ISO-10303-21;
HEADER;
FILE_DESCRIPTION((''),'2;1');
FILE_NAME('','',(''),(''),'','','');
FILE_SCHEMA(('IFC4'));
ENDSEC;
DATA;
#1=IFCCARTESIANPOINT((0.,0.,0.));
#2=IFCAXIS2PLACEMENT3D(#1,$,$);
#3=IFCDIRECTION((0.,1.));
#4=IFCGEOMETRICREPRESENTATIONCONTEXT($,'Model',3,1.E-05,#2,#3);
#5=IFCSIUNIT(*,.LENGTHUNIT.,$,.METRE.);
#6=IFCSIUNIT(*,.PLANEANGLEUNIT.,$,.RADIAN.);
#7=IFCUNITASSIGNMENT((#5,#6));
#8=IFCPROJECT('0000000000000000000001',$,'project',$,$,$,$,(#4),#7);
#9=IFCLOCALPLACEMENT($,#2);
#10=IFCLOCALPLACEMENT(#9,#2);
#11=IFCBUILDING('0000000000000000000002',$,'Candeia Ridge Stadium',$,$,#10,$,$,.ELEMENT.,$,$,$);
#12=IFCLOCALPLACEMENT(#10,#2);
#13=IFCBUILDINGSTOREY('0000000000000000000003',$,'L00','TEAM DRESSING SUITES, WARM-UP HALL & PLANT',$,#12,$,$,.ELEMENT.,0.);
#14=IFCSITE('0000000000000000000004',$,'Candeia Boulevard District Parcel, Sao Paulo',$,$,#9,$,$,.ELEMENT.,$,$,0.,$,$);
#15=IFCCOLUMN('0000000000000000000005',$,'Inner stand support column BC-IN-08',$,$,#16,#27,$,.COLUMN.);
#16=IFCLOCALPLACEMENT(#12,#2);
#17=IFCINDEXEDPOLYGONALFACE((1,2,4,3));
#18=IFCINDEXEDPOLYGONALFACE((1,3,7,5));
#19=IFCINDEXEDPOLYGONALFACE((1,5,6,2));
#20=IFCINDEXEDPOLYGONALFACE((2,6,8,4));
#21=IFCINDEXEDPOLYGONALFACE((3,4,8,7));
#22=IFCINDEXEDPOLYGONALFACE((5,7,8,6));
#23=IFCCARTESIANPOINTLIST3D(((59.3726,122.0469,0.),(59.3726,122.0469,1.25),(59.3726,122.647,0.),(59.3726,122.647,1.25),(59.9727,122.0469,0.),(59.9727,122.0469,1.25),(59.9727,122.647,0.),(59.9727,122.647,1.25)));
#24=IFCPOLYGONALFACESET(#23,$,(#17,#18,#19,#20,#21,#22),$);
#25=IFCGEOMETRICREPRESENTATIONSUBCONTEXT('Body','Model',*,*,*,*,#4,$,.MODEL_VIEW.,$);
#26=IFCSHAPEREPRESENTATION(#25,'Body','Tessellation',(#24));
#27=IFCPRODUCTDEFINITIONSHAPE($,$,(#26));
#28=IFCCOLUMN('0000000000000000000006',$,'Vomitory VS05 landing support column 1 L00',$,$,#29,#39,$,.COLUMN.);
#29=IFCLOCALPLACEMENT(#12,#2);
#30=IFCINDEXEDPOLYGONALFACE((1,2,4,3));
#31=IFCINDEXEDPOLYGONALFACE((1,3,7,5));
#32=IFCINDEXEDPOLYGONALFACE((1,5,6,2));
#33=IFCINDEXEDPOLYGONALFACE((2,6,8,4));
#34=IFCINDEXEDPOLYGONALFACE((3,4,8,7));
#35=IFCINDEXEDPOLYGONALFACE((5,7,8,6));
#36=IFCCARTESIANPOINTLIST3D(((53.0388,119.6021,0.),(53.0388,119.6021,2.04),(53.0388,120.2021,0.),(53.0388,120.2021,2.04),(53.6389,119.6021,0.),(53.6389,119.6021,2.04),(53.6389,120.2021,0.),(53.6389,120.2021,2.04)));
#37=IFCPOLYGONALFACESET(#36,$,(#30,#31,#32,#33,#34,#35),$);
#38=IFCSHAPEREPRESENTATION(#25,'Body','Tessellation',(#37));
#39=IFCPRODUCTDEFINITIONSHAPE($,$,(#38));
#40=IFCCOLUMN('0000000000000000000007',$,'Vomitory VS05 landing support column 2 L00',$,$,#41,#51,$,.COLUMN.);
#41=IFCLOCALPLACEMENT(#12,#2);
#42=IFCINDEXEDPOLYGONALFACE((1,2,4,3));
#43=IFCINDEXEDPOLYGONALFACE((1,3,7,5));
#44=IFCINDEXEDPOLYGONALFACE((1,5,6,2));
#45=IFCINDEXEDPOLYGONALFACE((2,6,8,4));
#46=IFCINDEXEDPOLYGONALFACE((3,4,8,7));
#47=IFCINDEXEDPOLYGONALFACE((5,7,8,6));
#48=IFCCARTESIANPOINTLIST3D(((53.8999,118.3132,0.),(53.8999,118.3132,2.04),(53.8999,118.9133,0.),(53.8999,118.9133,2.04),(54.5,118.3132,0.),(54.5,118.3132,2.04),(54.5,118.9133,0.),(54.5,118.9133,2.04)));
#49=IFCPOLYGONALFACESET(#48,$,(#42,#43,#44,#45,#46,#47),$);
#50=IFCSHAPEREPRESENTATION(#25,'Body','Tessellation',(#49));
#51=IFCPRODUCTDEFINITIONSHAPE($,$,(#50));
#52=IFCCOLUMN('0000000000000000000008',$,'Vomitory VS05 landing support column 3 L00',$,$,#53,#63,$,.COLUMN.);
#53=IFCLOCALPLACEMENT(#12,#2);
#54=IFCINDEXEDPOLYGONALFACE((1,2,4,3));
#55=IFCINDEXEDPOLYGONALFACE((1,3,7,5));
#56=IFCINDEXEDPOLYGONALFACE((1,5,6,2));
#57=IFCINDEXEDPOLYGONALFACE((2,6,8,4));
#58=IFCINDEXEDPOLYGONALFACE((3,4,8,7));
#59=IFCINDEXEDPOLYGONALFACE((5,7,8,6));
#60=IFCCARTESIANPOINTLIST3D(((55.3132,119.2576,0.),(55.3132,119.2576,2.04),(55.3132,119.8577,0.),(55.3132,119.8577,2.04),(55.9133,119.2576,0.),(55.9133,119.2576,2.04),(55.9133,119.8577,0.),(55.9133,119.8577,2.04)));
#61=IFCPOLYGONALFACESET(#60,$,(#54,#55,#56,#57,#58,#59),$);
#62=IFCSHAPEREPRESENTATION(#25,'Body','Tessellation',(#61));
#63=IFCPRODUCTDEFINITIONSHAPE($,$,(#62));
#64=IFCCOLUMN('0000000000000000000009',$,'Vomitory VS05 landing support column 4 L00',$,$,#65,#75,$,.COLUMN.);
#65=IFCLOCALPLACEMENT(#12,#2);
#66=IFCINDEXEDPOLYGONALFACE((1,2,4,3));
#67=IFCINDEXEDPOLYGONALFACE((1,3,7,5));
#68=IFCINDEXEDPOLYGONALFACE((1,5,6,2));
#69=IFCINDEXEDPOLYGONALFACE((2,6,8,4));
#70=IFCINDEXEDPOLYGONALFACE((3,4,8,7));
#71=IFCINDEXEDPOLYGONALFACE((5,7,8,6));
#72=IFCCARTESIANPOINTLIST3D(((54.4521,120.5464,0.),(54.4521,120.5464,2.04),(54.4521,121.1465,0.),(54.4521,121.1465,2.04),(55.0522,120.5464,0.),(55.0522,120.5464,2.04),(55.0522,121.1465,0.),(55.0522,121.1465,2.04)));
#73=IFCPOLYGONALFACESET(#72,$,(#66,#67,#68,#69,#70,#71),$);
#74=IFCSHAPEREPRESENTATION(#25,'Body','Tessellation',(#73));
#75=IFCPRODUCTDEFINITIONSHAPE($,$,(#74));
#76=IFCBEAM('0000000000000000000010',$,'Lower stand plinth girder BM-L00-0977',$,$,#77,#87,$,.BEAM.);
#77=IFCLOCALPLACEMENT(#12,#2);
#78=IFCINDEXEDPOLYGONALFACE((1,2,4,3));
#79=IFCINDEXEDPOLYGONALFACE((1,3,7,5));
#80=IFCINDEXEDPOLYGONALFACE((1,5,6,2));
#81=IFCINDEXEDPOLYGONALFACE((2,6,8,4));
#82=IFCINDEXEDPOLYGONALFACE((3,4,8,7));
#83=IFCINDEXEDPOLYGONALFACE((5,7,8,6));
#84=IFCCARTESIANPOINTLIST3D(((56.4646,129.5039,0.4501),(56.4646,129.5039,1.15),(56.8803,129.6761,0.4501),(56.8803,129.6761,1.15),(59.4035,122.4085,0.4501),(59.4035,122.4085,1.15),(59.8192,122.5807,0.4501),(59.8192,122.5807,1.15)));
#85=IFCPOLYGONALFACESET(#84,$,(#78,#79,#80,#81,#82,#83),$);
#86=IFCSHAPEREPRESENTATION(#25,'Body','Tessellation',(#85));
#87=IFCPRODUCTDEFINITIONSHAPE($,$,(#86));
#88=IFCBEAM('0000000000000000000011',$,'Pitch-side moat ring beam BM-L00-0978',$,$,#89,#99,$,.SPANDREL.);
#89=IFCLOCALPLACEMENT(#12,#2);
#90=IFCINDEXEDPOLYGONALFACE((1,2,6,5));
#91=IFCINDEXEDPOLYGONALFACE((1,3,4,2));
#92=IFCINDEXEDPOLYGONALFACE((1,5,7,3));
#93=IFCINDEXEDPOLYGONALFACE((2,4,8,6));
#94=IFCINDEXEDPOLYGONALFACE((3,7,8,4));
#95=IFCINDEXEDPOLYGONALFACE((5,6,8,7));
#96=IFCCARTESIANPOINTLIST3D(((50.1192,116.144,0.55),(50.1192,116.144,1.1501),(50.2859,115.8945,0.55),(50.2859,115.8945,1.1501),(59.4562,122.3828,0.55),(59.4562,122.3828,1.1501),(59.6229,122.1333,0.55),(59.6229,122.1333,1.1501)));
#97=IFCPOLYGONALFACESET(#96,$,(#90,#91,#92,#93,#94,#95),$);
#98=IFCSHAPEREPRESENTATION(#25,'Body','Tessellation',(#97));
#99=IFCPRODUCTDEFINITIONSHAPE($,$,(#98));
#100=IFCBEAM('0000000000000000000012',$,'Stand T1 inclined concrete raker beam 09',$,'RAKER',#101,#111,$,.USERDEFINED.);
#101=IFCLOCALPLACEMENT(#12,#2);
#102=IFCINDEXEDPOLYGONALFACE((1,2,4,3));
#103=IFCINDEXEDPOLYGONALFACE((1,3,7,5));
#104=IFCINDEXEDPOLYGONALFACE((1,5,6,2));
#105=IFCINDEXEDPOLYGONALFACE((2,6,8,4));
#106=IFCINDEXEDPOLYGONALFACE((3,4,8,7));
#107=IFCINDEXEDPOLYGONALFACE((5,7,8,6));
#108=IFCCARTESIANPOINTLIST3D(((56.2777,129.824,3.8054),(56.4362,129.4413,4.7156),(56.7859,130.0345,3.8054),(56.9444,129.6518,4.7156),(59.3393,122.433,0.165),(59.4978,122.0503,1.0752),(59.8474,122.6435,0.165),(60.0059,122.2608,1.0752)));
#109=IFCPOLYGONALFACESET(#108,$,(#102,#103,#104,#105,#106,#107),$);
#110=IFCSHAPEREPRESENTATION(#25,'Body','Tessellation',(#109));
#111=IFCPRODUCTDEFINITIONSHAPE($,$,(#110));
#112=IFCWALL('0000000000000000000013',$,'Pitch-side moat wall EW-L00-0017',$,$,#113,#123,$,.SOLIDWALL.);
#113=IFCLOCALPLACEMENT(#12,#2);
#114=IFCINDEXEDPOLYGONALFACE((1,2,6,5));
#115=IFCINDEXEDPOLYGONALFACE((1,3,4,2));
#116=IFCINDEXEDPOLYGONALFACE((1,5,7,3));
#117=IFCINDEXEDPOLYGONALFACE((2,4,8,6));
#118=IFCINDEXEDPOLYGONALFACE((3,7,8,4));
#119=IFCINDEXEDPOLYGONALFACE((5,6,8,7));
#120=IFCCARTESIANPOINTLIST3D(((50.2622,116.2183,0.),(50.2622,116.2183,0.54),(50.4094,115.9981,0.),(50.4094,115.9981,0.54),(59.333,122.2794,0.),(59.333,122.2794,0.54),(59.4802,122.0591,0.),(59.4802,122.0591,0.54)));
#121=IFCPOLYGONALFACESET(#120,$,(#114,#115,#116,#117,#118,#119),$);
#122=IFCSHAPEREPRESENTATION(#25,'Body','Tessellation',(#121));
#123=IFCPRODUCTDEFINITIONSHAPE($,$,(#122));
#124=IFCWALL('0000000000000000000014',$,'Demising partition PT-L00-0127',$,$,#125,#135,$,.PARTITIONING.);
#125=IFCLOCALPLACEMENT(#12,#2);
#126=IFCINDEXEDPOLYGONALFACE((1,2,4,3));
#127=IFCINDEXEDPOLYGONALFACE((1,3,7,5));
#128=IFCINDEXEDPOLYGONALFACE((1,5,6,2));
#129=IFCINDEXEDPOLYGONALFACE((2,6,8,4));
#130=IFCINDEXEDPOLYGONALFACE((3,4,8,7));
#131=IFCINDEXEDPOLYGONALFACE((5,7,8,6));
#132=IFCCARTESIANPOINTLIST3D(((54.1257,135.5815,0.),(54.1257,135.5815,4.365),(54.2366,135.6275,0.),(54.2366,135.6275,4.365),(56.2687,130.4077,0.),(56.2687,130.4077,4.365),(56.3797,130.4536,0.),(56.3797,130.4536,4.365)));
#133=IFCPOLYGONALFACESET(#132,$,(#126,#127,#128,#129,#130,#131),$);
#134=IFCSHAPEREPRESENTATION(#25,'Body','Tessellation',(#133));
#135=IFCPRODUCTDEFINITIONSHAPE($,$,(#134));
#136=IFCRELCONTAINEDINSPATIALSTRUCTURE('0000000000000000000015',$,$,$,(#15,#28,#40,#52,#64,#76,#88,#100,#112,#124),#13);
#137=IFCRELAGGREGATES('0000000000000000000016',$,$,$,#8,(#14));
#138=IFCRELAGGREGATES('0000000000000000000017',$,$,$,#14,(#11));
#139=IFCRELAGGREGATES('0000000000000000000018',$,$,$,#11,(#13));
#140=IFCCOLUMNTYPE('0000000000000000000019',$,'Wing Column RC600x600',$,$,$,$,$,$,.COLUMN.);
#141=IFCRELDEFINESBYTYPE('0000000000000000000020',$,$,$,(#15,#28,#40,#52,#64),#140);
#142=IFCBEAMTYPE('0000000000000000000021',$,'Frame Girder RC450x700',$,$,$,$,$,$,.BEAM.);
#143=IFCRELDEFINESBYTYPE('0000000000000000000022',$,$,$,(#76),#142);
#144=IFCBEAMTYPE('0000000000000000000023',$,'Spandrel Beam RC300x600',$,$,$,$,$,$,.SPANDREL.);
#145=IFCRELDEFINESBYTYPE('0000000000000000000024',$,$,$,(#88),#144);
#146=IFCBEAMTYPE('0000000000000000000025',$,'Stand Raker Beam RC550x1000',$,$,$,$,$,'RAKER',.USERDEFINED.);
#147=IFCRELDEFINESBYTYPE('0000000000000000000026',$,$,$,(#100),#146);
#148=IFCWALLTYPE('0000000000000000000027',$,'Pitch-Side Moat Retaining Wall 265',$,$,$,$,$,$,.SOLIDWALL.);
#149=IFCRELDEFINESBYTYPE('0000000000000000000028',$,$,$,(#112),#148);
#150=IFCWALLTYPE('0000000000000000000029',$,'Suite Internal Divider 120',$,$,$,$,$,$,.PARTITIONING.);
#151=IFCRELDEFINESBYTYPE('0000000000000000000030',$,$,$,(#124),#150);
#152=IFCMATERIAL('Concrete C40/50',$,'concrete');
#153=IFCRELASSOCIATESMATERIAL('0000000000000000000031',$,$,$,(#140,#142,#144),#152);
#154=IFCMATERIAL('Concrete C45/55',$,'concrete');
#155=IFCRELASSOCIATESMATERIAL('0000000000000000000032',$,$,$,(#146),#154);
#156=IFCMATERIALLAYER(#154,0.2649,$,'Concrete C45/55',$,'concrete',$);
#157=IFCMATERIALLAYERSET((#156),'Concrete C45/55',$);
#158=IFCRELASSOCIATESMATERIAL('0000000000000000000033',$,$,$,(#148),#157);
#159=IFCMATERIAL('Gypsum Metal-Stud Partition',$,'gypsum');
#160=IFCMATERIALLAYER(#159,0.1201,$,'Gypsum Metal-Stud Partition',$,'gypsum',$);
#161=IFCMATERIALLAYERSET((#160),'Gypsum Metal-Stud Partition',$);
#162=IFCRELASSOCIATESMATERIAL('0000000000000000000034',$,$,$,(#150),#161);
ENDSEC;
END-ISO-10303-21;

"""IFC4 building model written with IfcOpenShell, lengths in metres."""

from ifc_helpers import new_model, si_unit, direction, frame, frame_2d, origin, origin_2d, place, context, subcontext, project, spatial, rectangle, extrude, material, layer, layer_set, material_profile, profile_set, type_object, element, save


model = new_model("IFC4")

# Units and contexts
model_context = context("Model", 3, precision=1e-05, world=origin(), true_north=direction((0.0, 1.0)))
body_context = subcontext(model_context, "Body", "Model", "MODEL_VIEW")
ifc_project = project(units=[si_unit("LENGTHUNIT", "METRE"), si_unit("PLANEANGLEUNIT", "RADIAN")], contexts=[model_context])

# Site, building, storey
site_placement = place(None, origin())
site = spatial("IfcSite", under=ifc_project, at=site_placement, Name="Candeia Boulevard District Parcel, Sao Paulo", CompositionType="ELEMENT", RefElevation=0.0)
building_placement = place(site_placement, origin())
building = spatial("IfcBuilding", under=site, at=building_placement, Name="Candeia Ridge Stadium", CompositionType="ELEMENT")
storey_placement = place(building_placement, origin())
storey = spatial("IfcBuildingStorey", under=building, at=storey_placement, Name="L00", Description="TEAM DRESSING SUITES, WARM-UP HALL & PLANT", CompositionType="ELEMENT", Elevation=0.0)

# Shared definitions
ifc_material_1 = material(Name="Concrete C40/50", Category="concrete")

# Columns
ifc_material_2 = material(Name="Concrete C45/55", Category="concrete")
ifc_material_profile_1 = material_profile(ifc_material_1, rectangle(XDim=0.6001, YDim=0.6001, at=origin_2d()), Name="RC600x600", Category="concrete")
ifc_profile_set_1 = profile_set([ifc_material_profile_1], Name="Concrete C40/50")
column_type_1 = type_object("IfcColumnType", Name="Wing Column RC600x600", PredefinedType="COLUMN", material=ifc_profile_set_1)
column_1_placement = place(storey_placement, frame((59.6726, 122.3469, 0.0), z_axis=(0.0, 0.0, 1.0), x_axis=(1.0, 0.0, 0.0)))
element("IfcColumn", 1, at=column_1_placement, inside=storey, type_object=column_type_1, Name="Inner stand support column BC-IN-08", PredefinedType="COLUMN", context=body_context, shape_type="SweptSolid", body=[
    extrude(rectangle(XDim=0.6001, YDim=0.6001, at=origin_2d()), origin(), (0.0, 0.0, 1.0), 1.25),
])
for number, where, z_axis, x_axis, name in (
    (2, (53.3389, 119.9021, 0.0), (0.0, 0.0, 1.0), (1.0, 0.0, 0.0), "Vomitory VS05 landing support column 1 L00"),
    (3, (54.2, 118.6133, 0.0), (0.0, 0.0, 1.0), (1.0, 0.0, 0.0), "Vomitory VS05 landing support column 2 L00"),
    (4, (55.6133, 119.5576, 0.0), (0.0, 0.0, 1.0), (1.0, 0.0, 0.0), "Vomitory VS05 landing support column 3 L00"),
    (5, (54.7522, 120.8464, 0.0), (0.0, 0.0, 1.0), (1.0, 0.0, 0.0), "Vomitory VS05 landing support column 4 L00"),
):
    element("IfcColumn", number, at=place(storey_placement, frame(where, z_axis=z_axis, x_axis=x_axis)), inside=storey, type_object=column_type_1, Name=name, PredefinedType="COLUMN", context=body_context, shape_type="SweptSolid", body=[
        extrude(rectangle(XDim=0.6001, YDim=0.6001, at=origin_2d()), origin(), (0.0, 0.0, 1.0), 2.04),
    ])

# Beams
ifc_material_profile_2 = material_profile(ifc_material_1, rectangle(XDim=0.45, YDim=0.7, at=origin_2d()), Name="RC450x700", Category="concrete")
ifc_profile_set_2 = profile_set([ifc_material_profile_2], Name="Concrete C40/50")
beam_type_1 = type_object("IfcBeamType", Name="Frame Girder RC450x700", PredefinedType="BEAM", material=ifc_profile_set_2)
beam_1_placement = place(storey_placement, frame((59.6113, 122.4946, 0.8), z_axis=(-0.382676, 0.923883, 0.0), x_axis=(-0.923883, -0.382676, 0.0)))
element("IfcBeam", 6, at=beam_1_placement, inside=storey, type_object=beam_type_1, Name="Lower stand plinth girder BM-L00-0977", PredefinedType="BEAM", context=body_context, shape_type="SweptSolid", body=[
    extrude(rectangle(XDim=0.45, YDim=0.7, at=origin_2d()), origin(), (0.0, 0.0, 1.0), 7.6799),
])
ifc_material_profile_3 = material_profile(ifc_material_1, rectangle(XDim=0.3, YDim=0.6001, at=origin_2d()), Name="RC300x600", Category="concrete")
ifc_profile_set_3 = profile_set([ifc_material_profile_3], Name="Concrete C40/50")
beam_type_2 = type_object("IfcBeamType", Name="Spandrel Beam RC300x600", PredefinedType="SPANDREL", material=ifc_profile_set_3)
beam_2_placement = place(storey_placement, frame((59.5396, 122.2581, 0.8501), z_axis=(-0.831468, -0.555573, 0.0), x_axis=(0.555573, -0.831468, 0.0)))
element("IfcBeam", 7, at=beam_2_placement, inside=storey, type_object=beam_type_2, Name="Pitch-side moat ring beam BM-L00-0978", PredefinedType="SPANDREL", context=body_context, shape_type="SweptSolid", body=[
    extrude(rectangle(XDim=0.3, YDim=0.6001, at=origin_2d()), origin(), (0.0, 0.0, 1.0), 11.2295),
])
ifc_material_profile_4 = material_profile(ifc_material_2, rectangle(XDim=0.55, YDim=1.0, at=origin_2d()), Name="RC550x1000", Category="concrete")
ifc_profile_set_4 = profile_set([ifc_material_profile_4], Name="Concrete C45/55")
beam_type_3 = type_object("IfcBeamType", Name="Stand Raker Beam RC550x1000", ElementType="RAKER", PredefinedType="USERDEFINED", material=ifc_profile_set_4)
beam_3_placement = place(storey_placement, frame((59.6726, 122.3469, 0.6201), z_axis=(-0.348327, 0.840902, 0.414187), x_axis=(-0.923874, -0.382697, 0.0)))
element("IfcBeam", 8, at=beam_3_placement, inside=storey, type_object=beam_type_3, Name="Stand T1 inclined concrete raker beam 09", ObjectType="RAKER", PredefinedType="USERDEFINED", context=body_context, shape_type="SweptSolid", body=[
    extrude(rectangle(XDim=0.55, YDim=1.0, at=origin_2d()), origin(), (0.0, 0.0, 1.0), 8.7893),
])

# Walls
ifc_layer_1 = layer(ifc_material_2, 0.2649, Name="Concrete C45/55", Category="concrete")
ifc_layer_set_1 = layer_set([ifc_layer_1], Name="Concrete C45/55")
wall_type_1 = type_object("IfcWallType", Name="Pitch-Side Moat Retaining Wall 265", PredefinedType="SOLIDWALL", material=ifc_layer_set_1)
wall_1_placement = place(storey_placement, frame((59.4065, 122.1692, 0.0), z_axis=(0.0, 0.0, 1.0), x_axis=(-0.831465, -0.555578, 0.0)))
element("IfcWall", 9, at=wall_1_placement, inside=storey, type_object=wall_type_1, Name="Pitch-side moat wall EW-L00-0017", PredefinedType="SOLIDWALL", context=body_context, shape_type="SweptSolid", body=[
    extrude(rectangle(XDim=10.9094, YDim=0.2649, at=frame_2d((5.4546, 0.0))), origin(), (0.0, 0.0, 1.0), 0.54),
])
ifc_material_3 = material(Name="Gypsum Metal-Stud Partition", Category="gypsum")
ifc_layer_2 = layer(ifc_material_3, 0.1201, Name="Gypsum Metal-Stud Partition", Category="gypsum")
ifc_layer_set_2 = layer_set([ifc_layer_2], Name="Gypsum Metal-Stud Partition")
wall_type_2 = type_object("IfcWallType", Name="Suite Internal Divider 120", PredefinedType="PARTITIONING", material=ifc_layer_set_2)
wall_2_placement = place(storey_placement, frame((56.3242, 130.4307, 0.0), z_axis=(0.0, 0.0, 1.0), x_axis=(-0.382683, 0.92388, 0.0)))
element("IfcWall", 10, at=wall_2_placement, inside=storey, type_object=wall_type_2, Name="Demising partition PT-L00-0127", PredefinedType="PARTITIONING", context=body_context, shape_type="SweptSolid", body=[
    extrude(rectangle(XDim=5.6001, YDim=0.1201, at=frame_2d((2.8, 0.0))), origin(), (0.0, 0.0, 1.0), 4.365),
])

save(model, "model.ifc")
